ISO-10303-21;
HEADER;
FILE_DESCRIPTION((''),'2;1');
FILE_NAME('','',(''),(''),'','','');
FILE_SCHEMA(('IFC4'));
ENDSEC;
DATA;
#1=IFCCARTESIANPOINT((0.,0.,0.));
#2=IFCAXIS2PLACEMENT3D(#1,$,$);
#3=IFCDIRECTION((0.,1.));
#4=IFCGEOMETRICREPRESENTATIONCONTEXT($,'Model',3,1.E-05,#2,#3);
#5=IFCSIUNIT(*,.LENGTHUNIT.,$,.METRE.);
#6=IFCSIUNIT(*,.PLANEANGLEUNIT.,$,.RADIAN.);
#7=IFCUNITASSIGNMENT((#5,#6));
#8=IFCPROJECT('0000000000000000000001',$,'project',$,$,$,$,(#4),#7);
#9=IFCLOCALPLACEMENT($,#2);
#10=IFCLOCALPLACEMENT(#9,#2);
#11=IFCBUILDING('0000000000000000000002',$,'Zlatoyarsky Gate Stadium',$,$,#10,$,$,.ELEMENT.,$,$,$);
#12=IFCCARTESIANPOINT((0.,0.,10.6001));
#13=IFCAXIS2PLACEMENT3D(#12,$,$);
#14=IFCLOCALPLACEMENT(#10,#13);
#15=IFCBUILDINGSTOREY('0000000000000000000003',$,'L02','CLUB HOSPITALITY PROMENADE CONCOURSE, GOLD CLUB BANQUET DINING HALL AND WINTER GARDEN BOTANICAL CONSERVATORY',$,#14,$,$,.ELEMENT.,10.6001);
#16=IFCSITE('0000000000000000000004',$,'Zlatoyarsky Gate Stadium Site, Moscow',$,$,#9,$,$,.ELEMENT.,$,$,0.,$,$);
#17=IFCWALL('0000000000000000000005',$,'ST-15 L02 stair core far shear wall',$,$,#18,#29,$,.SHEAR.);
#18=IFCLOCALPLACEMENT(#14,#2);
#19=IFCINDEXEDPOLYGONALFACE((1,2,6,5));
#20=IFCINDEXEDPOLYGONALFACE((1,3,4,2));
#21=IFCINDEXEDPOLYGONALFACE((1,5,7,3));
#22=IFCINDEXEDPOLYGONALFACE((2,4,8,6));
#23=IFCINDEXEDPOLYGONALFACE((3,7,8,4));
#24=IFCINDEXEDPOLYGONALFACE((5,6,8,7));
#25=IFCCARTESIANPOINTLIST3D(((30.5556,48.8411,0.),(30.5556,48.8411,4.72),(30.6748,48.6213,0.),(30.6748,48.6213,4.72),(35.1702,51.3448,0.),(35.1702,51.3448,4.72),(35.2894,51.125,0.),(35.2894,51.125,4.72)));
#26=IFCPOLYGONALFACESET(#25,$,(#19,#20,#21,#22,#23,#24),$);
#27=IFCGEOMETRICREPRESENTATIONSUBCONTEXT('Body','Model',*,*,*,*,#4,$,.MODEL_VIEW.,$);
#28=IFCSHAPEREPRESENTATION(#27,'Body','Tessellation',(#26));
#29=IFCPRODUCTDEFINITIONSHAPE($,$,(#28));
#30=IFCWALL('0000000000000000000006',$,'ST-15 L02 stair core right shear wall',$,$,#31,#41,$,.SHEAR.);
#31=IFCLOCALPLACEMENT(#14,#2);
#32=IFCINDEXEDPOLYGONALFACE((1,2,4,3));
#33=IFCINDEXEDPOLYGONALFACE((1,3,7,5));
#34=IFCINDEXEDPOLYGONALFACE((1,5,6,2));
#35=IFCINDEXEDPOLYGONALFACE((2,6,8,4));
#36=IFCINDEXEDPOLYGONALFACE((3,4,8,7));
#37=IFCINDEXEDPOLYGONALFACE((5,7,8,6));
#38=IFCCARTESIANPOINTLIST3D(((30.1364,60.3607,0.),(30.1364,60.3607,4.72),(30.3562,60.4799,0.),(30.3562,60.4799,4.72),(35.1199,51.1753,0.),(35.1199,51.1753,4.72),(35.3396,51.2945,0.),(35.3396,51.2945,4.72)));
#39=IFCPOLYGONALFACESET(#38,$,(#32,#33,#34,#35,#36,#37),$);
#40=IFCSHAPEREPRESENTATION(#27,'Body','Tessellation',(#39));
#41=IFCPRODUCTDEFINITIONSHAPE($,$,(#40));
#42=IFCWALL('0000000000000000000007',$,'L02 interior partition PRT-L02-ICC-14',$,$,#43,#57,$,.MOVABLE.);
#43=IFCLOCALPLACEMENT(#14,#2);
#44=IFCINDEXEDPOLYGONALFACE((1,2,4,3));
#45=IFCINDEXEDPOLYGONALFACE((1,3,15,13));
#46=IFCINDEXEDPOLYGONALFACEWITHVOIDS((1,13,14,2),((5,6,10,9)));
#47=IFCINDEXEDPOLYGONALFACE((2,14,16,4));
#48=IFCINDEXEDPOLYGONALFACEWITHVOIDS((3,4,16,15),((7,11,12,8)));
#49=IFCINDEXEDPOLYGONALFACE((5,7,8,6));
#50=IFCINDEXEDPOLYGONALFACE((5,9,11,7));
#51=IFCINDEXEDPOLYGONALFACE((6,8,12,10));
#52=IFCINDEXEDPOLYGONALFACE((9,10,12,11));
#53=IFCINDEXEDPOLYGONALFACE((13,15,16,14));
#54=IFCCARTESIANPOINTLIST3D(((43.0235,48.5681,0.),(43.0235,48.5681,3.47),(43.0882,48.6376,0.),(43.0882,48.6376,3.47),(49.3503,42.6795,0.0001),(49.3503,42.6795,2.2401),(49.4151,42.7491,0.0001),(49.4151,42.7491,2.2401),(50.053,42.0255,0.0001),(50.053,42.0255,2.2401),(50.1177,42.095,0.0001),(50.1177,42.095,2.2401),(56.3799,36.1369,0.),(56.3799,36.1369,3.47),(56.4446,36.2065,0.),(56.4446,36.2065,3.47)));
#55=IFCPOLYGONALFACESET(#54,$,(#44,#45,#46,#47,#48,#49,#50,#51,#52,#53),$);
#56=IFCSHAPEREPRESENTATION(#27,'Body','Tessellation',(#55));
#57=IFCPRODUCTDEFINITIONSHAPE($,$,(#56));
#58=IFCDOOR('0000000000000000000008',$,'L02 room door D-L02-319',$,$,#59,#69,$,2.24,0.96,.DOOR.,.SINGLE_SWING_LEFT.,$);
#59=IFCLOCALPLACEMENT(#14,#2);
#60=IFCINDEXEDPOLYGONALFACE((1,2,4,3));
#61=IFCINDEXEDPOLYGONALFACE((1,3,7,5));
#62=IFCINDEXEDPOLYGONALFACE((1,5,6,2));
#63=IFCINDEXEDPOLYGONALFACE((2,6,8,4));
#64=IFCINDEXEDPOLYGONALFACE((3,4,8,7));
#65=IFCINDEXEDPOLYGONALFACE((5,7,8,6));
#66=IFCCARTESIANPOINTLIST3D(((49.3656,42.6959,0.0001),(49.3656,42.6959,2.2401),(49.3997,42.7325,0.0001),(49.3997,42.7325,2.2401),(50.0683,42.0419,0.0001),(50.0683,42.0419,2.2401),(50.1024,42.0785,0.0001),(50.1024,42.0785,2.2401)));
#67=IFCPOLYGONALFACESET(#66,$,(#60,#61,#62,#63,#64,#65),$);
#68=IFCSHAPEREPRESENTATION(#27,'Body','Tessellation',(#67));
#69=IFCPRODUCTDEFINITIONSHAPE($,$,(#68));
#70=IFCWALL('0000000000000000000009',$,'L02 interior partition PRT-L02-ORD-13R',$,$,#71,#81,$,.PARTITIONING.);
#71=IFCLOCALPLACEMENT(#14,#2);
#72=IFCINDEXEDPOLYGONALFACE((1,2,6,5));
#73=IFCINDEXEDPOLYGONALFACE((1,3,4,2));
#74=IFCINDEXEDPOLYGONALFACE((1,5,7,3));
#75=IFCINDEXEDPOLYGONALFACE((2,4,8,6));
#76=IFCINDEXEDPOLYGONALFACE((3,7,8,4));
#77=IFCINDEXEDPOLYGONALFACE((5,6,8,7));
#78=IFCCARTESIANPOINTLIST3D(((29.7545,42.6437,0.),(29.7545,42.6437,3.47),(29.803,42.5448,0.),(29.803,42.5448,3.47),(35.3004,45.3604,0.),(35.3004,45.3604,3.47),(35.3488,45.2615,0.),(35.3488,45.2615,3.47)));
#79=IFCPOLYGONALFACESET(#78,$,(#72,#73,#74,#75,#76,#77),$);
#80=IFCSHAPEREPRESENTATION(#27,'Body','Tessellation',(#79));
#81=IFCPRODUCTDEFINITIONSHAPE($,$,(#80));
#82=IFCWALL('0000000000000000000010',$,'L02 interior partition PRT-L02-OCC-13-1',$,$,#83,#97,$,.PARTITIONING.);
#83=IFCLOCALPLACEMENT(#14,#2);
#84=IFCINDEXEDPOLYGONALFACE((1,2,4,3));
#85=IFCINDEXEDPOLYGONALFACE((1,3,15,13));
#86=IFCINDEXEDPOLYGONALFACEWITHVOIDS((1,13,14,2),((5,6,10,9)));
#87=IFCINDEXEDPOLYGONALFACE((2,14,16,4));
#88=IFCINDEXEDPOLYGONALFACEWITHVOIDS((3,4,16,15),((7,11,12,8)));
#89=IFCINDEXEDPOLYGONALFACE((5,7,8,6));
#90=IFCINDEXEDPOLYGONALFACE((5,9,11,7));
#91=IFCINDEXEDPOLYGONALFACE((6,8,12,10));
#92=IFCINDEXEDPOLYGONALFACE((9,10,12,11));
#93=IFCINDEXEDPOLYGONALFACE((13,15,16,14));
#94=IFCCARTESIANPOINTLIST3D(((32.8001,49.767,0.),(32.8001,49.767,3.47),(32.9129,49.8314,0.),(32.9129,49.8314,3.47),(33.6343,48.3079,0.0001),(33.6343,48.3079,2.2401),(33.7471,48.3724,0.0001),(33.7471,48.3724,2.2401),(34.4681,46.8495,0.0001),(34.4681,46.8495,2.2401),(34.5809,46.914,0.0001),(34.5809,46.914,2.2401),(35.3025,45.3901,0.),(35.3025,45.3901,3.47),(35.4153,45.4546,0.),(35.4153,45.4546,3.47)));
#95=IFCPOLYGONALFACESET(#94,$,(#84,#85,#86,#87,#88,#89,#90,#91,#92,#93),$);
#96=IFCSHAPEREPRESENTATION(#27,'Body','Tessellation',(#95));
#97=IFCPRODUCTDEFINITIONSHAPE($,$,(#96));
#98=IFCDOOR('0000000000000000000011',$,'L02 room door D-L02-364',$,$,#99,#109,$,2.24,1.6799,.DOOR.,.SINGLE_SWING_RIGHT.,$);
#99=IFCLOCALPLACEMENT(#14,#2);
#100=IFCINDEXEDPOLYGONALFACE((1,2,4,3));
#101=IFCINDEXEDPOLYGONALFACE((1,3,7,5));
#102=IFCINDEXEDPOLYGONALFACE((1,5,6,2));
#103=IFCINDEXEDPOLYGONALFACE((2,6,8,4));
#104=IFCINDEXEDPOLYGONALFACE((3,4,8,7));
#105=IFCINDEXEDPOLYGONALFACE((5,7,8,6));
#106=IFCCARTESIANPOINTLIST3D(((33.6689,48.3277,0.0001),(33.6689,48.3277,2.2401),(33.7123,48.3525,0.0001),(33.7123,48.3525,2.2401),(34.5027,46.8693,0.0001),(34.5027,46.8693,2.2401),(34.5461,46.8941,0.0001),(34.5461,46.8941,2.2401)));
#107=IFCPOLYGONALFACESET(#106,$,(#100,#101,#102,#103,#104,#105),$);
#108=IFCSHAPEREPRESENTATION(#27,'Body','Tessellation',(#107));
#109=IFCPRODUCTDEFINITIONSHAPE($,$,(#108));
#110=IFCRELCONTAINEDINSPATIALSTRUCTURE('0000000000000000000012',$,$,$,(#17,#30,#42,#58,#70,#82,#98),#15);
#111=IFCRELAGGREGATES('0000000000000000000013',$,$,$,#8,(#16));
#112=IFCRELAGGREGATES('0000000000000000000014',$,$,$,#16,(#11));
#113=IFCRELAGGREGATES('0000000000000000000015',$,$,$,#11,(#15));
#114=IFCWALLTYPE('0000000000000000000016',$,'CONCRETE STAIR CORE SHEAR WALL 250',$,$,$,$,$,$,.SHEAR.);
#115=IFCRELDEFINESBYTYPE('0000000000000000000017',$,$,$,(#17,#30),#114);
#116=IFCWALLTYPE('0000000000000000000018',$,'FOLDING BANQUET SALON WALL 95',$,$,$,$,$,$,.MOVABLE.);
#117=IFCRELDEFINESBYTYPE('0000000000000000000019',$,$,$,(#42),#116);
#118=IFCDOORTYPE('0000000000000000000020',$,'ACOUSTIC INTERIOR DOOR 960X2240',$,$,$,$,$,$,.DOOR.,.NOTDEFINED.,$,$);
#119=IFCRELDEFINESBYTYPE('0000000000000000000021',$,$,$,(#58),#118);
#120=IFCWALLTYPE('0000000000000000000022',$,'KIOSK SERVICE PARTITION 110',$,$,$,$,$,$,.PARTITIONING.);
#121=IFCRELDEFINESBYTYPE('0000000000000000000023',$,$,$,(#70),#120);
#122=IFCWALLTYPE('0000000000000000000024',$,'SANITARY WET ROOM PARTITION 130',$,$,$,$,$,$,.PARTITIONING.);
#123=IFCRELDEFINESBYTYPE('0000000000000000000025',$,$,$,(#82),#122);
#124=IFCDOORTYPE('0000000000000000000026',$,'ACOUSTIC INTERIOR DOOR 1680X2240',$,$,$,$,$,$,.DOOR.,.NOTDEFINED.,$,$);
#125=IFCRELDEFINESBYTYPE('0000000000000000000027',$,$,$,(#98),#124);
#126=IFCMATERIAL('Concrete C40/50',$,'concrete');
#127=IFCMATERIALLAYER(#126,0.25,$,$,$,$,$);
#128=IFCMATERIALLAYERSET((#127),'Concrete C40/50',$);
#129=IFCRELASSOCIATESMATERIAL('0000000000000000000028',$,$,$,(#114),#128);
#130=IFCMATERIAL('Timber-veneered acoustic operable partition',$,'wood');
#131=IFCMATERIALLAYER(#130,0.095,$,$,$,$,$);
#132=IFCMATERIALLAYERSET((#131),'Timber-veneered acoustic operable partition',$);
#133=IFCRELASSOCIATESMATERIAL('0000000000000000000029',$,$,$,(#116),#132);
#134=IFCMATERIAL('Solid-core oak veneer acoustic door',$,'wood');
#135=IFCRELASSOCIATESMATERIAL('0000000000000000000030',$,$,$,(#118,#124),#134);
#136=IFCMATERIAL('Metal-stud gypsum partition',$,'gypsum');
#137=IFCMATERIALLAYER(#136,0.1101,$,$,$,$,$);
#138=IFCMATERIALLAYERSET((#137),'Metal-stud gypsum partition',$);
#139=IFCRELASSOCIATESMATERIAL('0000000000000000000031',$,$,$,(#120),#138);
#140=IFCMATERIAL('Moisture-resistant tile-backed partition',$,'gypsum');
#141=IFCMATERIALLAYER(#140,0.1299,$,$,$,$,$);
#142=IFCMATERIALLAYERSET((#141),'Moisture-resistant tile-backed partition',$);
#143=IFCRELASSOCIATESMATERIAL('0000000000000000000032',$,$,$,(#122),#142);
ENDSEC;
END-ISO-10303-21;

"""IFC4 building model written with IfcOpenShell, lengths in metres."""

from ifc_helpers import new_model, si_unit, direction, frame, frame_2d, origin, place, context, subcontext, project, spatial, rectangle, extrude, material, layer, layer_set, type_object, element, fill, save


model = new_model("IFC4")

# Units and contexts
model_context = context("Model", 3, precision=1e-05, world=origin(), true_north=direction((0.0, 1.0)))
body_context = subcontext(model_context, "Body", "Model", "MODEL_VIEW")
ifc_project = project(units=[si_unit("LENGTHUNIT", "METRE"), si_unit("PLANEANGLEUNIT", "RADIAN")], contexts=[model_context])

# Site, building, storey
site_placement = place(None, origin())
site = spatial("IfcSite", under=ifc_project, at=site_placement, Name="Zlatoyarsky Gate Stadium Site, Moscow", CompositionType="ELEMENT", RefElevation=0.0)
building_placement = place(site_placement, origin())
building = spatial("IfcBuilding", under=site, at=building_placement, Name="Zlatoyarsky Gate Stadium", CompositionType="ELEMENT")
storey_placement = place(building_placement, frame((0.0, 0.0, 10.6001)))
storey = spatial("IfcBuildingStorey", under=building, at=storey_placement, Name="L02", Description="CLUB HOSPITALITY PROMENADE CONCOURSE, GOLD CLUB BANQUET DINING HALL AND WINTER GARDEN BOTANICAL CONSERVATORY", CompositionType="ELEMENT", Elevation=10.6001)

# Shared definitions
ifc_material_1 = material(Name="Concrete C40/50", Category="concrete")

# Shared definitions
ifc_layer_1 = layer(ifc_material_1, 0.25)
ifc_layer_set_1 = layer_set([ifc_layer_1], Name="Concrete C40/50")
wall_type_1 = type_object("IfcWallType", Name="CONCRETE STAIR CORE SHEAR WALL 250", PredefinedType="SHEAR", material=ifc_layer_set_1)

# Walls
wall_1_placement = place(storey_placement, frame((30.6152, 48.7312, 0.0), z_axis=(0.0, 0.0, 1.0), x_axis=(0.878961, 0.476893, 0.0)))
element("IfcWall", 1, at=wall_1_placement, inside=storey, type_object=wall_type_1, Name="ST-15 L02 stair core far shear wall", PredefinedType="SHEAR", context=body_context, shape_type="SweptSolid", body=[
    extrude(rectangle(XDim=5.25, YDim=0.25, at=frame_2d((2.625, 0.0))), origin(), (0.0, 0.0, 1.0), 4.72),
])
wall_2_placement = place(storey_placement, frame((35.2297, 51.2349, 0.0), z_axis=(0.0, 0.0, 1.0), x_axis=(-0.476877, 0.87897, 0.0)))
element("IfcWall", 2, at=wall_2_placement, inside=storey, type_object=wall_type_1, Name="ST-15 L02 stair core right shear wall", PredefinedType="SHEAR", context=body_context, shape_type="SweptSolid", body=[
    extrude(rectangle(XDim=10.4502, YDim=0.25, at=frame_2d((5.2251, 0.0))), origin(), (0.0, 0.0, 1.0), 4.72),
])

# Wall, opening, door
ifc_material_2 = material(Name="Timber-veneered acoustic operable partition", Category="wood")
ifc_layer_2 = layer(ifc_material_2, 0.095)
ifc_layer_set_2 = layer_set([ifc_layer_2], Name="Timber-veneered acoustic operable partition")
wall_type_2 = type_object("IfcWallType", Name="FOLDING BANQUET SALON WALL 95", PredefinedType="MOVABLE", material=ifc_layer_set_2)
wall_3_placement = place(storey_placement, frame((43.0559, 48.6028, 0.0), z_axis=(0.0, 0.0, 1.0), x_axis=(0.732008, -0.681296, 0.0)))
wall_3 = element("IfcWall", 3, at=wall_3_placement, inside=storey, type_object=wall_type_2, Name="L02 interior partition PRT-L02-ICC-14", PredefinedType="MOVABLE", context=body_context, shape_type="SweptSolid", body=[
    extrude(rectangle(XDim=18.2463, YDim=0.095, at=frame_2d((9.123, 0.0))), origin(), (0.0, 0.0, 1.0), 3.47),
])
opening_1_placement = place(wall_3_placement, frame((8.6431, 0.0, 0.0)))
opening_1 = element("IfcOpeningElement", 4, at=opening_1_placement, cuts=wall_3, PredefinedType="OPENING", context=body_context, shape_type="SweptSolid", body=[
    extrude(rectangle(XDim=0.96, YDim=2.24, at=frame_2d((0.48, 1.1201))), frame((0.0, 0.0574, 0.0), z_axis=(0.0, -1.0, 0.0), x_axis=(1.0, 0.0, 0.0)), (0.0, 0.0, 1.0), 0.115),
])
ifc_material_3 = material(Name="Solid-core oak veneer acoustic door", Category="wood")
door_type_1 = type_object("IfcDoorType", Name="ACOUSTIC INTERIOR DOOR 960X2240", OperationType="NOTDEFINED", PredefinedType="DOOR", material=ifc_material_3)
door_1_placement = place(opening_1_placement, origin())
door_1 = element("IfcDoor", 5, at=door_1_placement, inside=storey, type_object=door_type_1, Name="L02 room door D-L02-319", OperationType="SINGLE_SWING_LEFT", OverallHeight=2.24, OverallWidth=0.96, PredefinedType="DOOR", context=body_context, shape_type="SweptSolid", body=[
    extrude(rectangle(XDim=0.96, YDim=2.24, at=frame_2d((0.48, 1.1201))), frame((0.0, 0.0249, 0.0), z_axis=(0.0, -1.0, 0.0), x_axis=(1.0, 0.0, 0.0)), (0.0, 0.0, 1.0), 0.05),
])
fill(opening_1, door_1)

# Wall
ifc_material_4 = material(Name="Metal-stud gypsum partition", Category="gypsum")
ifc_layer_3 = layer(ifc_material_4, 0.1101)
ifc_layer_set_3 = layer_set([ifc_layer_3], Name="Metal-stud gypsum partition")
wall_type_3 = type_object("IfcWallType", Name="KIOSK SERVICE PARTITION 110", PredefinedType="PARTITIONING", material=ifc_layer_set_3)
wall_4_placement = place(storey_placement, frame((35.3247, 45.311, 0.0), z_axis=(0.0, 0.0, 1.0), x_axis=(-0.898035, -0.439925, 0.0)))
element("IfcWall", 6, at=wall_4_placement, inside=storey, type_object=wall_type_3, Name="L02 interior partition PRT-L02-ORD-13R", PredefinedType="PARTITIONING", context=body_context, shape_type="SweptSolid", body=[
    extrude(rectangle(XDim=6.1755, YDim=0.1101, at=frame_2d((3.0879, 0.0))), origin(), (0.0, 0.0, 1.0), 3.47),
])

# Wall, opening, door
ifc_material_5 = material(Name="Moisture-resistant tile-backed partition", Category="gypsum")
ifc_layer_4 = layer(ifc_material_5, 0.1299)
ifc_layer_set_4 = layer_set([ifc_layer_4], Name="Moisture-resistant tile-backed partition")
wall_type_4 = type_object("IfcWallType", Name="SANITARY WET ROOM PARTITION 130", PredefinedType="PARTITIONING", material=ifc_layer_set_4)
wall_5_placement = place(storey_placement, frame((32.8564, 49.7993, 0.0), z_axis=(0.0, 0.0, 1.0), x_axis=(0.496337, -0.86813, 0.0)))
wall_5 = element("IfcWall", 7, at=wall_5_placement, inside=storey, type_object=wall_type_4, Name="L02 interior partition PRT-L02-OCC-13-1", PredefinedType="PARTITIONING", context=body_context, shape_type="SweptSolid", body=[
    extrude(rectangle(XDim=5.0417, YDim=0.1299, at=frame_2d((2.521, 0.0))), origin(), (0.0, 0.0, 1.0), 3.47),
])
opening_2_placement = place(wall_5_placement, frame((1.6809, 0.0, 0.0)))
opening_2 = element("IfcOpeningElement", 8, at=opening_2_placement, cuts=wall_5, PredefinedType="OPENING", context=body_context, shape_type="SweptSolid", body=[
    extrude(rectangle(XDim=1.6799, YDim=2.24, at=frame_2d((0.8398, 1.1201))), frame((0.0, 0.075, 0.0), z_axis=(0.0, -1.0, 0.0), x_axis=(1.0, 0.0, 0.0)), (0.0, 0.0, 1.0), 0.1499),
])
door_type_2 = type_object("IfcDoorType", Name="ACOUSTIC INTERIOR DOOR 1680X2240", OperationType="NOTDEFINED", PredefinedType="DOOR", material=ifc_material_3)
door_2_placement = place(opening_2_placement, origin())
door_2 = element("IfcDoor", 9, at=door_2_placement, inside=storey, type_object=door_type_2, Name="L02 room door D-L02-364", OperationType="SINGLE_SWING_RIGHT", OverallHeight=2.24, OverallWidth=1.6799, PredefinedType="DOOR", context=body_context, shape_type="SweptSolid", body=[
    extrude(rectangle(XDim=1.6799, YDim=2.24, at=frame_2d((0.8398, 1.1201))), frame((0.0, 0.0249, 0.0), z_axis=(0.0, -1.0, 0.0), x_axis=(1.0, 0.0, 0.0)), (0.0, 0.0, 1.0), 0.05),
])
fill(opening_2, door_2)

save(model, "model.ifc")
